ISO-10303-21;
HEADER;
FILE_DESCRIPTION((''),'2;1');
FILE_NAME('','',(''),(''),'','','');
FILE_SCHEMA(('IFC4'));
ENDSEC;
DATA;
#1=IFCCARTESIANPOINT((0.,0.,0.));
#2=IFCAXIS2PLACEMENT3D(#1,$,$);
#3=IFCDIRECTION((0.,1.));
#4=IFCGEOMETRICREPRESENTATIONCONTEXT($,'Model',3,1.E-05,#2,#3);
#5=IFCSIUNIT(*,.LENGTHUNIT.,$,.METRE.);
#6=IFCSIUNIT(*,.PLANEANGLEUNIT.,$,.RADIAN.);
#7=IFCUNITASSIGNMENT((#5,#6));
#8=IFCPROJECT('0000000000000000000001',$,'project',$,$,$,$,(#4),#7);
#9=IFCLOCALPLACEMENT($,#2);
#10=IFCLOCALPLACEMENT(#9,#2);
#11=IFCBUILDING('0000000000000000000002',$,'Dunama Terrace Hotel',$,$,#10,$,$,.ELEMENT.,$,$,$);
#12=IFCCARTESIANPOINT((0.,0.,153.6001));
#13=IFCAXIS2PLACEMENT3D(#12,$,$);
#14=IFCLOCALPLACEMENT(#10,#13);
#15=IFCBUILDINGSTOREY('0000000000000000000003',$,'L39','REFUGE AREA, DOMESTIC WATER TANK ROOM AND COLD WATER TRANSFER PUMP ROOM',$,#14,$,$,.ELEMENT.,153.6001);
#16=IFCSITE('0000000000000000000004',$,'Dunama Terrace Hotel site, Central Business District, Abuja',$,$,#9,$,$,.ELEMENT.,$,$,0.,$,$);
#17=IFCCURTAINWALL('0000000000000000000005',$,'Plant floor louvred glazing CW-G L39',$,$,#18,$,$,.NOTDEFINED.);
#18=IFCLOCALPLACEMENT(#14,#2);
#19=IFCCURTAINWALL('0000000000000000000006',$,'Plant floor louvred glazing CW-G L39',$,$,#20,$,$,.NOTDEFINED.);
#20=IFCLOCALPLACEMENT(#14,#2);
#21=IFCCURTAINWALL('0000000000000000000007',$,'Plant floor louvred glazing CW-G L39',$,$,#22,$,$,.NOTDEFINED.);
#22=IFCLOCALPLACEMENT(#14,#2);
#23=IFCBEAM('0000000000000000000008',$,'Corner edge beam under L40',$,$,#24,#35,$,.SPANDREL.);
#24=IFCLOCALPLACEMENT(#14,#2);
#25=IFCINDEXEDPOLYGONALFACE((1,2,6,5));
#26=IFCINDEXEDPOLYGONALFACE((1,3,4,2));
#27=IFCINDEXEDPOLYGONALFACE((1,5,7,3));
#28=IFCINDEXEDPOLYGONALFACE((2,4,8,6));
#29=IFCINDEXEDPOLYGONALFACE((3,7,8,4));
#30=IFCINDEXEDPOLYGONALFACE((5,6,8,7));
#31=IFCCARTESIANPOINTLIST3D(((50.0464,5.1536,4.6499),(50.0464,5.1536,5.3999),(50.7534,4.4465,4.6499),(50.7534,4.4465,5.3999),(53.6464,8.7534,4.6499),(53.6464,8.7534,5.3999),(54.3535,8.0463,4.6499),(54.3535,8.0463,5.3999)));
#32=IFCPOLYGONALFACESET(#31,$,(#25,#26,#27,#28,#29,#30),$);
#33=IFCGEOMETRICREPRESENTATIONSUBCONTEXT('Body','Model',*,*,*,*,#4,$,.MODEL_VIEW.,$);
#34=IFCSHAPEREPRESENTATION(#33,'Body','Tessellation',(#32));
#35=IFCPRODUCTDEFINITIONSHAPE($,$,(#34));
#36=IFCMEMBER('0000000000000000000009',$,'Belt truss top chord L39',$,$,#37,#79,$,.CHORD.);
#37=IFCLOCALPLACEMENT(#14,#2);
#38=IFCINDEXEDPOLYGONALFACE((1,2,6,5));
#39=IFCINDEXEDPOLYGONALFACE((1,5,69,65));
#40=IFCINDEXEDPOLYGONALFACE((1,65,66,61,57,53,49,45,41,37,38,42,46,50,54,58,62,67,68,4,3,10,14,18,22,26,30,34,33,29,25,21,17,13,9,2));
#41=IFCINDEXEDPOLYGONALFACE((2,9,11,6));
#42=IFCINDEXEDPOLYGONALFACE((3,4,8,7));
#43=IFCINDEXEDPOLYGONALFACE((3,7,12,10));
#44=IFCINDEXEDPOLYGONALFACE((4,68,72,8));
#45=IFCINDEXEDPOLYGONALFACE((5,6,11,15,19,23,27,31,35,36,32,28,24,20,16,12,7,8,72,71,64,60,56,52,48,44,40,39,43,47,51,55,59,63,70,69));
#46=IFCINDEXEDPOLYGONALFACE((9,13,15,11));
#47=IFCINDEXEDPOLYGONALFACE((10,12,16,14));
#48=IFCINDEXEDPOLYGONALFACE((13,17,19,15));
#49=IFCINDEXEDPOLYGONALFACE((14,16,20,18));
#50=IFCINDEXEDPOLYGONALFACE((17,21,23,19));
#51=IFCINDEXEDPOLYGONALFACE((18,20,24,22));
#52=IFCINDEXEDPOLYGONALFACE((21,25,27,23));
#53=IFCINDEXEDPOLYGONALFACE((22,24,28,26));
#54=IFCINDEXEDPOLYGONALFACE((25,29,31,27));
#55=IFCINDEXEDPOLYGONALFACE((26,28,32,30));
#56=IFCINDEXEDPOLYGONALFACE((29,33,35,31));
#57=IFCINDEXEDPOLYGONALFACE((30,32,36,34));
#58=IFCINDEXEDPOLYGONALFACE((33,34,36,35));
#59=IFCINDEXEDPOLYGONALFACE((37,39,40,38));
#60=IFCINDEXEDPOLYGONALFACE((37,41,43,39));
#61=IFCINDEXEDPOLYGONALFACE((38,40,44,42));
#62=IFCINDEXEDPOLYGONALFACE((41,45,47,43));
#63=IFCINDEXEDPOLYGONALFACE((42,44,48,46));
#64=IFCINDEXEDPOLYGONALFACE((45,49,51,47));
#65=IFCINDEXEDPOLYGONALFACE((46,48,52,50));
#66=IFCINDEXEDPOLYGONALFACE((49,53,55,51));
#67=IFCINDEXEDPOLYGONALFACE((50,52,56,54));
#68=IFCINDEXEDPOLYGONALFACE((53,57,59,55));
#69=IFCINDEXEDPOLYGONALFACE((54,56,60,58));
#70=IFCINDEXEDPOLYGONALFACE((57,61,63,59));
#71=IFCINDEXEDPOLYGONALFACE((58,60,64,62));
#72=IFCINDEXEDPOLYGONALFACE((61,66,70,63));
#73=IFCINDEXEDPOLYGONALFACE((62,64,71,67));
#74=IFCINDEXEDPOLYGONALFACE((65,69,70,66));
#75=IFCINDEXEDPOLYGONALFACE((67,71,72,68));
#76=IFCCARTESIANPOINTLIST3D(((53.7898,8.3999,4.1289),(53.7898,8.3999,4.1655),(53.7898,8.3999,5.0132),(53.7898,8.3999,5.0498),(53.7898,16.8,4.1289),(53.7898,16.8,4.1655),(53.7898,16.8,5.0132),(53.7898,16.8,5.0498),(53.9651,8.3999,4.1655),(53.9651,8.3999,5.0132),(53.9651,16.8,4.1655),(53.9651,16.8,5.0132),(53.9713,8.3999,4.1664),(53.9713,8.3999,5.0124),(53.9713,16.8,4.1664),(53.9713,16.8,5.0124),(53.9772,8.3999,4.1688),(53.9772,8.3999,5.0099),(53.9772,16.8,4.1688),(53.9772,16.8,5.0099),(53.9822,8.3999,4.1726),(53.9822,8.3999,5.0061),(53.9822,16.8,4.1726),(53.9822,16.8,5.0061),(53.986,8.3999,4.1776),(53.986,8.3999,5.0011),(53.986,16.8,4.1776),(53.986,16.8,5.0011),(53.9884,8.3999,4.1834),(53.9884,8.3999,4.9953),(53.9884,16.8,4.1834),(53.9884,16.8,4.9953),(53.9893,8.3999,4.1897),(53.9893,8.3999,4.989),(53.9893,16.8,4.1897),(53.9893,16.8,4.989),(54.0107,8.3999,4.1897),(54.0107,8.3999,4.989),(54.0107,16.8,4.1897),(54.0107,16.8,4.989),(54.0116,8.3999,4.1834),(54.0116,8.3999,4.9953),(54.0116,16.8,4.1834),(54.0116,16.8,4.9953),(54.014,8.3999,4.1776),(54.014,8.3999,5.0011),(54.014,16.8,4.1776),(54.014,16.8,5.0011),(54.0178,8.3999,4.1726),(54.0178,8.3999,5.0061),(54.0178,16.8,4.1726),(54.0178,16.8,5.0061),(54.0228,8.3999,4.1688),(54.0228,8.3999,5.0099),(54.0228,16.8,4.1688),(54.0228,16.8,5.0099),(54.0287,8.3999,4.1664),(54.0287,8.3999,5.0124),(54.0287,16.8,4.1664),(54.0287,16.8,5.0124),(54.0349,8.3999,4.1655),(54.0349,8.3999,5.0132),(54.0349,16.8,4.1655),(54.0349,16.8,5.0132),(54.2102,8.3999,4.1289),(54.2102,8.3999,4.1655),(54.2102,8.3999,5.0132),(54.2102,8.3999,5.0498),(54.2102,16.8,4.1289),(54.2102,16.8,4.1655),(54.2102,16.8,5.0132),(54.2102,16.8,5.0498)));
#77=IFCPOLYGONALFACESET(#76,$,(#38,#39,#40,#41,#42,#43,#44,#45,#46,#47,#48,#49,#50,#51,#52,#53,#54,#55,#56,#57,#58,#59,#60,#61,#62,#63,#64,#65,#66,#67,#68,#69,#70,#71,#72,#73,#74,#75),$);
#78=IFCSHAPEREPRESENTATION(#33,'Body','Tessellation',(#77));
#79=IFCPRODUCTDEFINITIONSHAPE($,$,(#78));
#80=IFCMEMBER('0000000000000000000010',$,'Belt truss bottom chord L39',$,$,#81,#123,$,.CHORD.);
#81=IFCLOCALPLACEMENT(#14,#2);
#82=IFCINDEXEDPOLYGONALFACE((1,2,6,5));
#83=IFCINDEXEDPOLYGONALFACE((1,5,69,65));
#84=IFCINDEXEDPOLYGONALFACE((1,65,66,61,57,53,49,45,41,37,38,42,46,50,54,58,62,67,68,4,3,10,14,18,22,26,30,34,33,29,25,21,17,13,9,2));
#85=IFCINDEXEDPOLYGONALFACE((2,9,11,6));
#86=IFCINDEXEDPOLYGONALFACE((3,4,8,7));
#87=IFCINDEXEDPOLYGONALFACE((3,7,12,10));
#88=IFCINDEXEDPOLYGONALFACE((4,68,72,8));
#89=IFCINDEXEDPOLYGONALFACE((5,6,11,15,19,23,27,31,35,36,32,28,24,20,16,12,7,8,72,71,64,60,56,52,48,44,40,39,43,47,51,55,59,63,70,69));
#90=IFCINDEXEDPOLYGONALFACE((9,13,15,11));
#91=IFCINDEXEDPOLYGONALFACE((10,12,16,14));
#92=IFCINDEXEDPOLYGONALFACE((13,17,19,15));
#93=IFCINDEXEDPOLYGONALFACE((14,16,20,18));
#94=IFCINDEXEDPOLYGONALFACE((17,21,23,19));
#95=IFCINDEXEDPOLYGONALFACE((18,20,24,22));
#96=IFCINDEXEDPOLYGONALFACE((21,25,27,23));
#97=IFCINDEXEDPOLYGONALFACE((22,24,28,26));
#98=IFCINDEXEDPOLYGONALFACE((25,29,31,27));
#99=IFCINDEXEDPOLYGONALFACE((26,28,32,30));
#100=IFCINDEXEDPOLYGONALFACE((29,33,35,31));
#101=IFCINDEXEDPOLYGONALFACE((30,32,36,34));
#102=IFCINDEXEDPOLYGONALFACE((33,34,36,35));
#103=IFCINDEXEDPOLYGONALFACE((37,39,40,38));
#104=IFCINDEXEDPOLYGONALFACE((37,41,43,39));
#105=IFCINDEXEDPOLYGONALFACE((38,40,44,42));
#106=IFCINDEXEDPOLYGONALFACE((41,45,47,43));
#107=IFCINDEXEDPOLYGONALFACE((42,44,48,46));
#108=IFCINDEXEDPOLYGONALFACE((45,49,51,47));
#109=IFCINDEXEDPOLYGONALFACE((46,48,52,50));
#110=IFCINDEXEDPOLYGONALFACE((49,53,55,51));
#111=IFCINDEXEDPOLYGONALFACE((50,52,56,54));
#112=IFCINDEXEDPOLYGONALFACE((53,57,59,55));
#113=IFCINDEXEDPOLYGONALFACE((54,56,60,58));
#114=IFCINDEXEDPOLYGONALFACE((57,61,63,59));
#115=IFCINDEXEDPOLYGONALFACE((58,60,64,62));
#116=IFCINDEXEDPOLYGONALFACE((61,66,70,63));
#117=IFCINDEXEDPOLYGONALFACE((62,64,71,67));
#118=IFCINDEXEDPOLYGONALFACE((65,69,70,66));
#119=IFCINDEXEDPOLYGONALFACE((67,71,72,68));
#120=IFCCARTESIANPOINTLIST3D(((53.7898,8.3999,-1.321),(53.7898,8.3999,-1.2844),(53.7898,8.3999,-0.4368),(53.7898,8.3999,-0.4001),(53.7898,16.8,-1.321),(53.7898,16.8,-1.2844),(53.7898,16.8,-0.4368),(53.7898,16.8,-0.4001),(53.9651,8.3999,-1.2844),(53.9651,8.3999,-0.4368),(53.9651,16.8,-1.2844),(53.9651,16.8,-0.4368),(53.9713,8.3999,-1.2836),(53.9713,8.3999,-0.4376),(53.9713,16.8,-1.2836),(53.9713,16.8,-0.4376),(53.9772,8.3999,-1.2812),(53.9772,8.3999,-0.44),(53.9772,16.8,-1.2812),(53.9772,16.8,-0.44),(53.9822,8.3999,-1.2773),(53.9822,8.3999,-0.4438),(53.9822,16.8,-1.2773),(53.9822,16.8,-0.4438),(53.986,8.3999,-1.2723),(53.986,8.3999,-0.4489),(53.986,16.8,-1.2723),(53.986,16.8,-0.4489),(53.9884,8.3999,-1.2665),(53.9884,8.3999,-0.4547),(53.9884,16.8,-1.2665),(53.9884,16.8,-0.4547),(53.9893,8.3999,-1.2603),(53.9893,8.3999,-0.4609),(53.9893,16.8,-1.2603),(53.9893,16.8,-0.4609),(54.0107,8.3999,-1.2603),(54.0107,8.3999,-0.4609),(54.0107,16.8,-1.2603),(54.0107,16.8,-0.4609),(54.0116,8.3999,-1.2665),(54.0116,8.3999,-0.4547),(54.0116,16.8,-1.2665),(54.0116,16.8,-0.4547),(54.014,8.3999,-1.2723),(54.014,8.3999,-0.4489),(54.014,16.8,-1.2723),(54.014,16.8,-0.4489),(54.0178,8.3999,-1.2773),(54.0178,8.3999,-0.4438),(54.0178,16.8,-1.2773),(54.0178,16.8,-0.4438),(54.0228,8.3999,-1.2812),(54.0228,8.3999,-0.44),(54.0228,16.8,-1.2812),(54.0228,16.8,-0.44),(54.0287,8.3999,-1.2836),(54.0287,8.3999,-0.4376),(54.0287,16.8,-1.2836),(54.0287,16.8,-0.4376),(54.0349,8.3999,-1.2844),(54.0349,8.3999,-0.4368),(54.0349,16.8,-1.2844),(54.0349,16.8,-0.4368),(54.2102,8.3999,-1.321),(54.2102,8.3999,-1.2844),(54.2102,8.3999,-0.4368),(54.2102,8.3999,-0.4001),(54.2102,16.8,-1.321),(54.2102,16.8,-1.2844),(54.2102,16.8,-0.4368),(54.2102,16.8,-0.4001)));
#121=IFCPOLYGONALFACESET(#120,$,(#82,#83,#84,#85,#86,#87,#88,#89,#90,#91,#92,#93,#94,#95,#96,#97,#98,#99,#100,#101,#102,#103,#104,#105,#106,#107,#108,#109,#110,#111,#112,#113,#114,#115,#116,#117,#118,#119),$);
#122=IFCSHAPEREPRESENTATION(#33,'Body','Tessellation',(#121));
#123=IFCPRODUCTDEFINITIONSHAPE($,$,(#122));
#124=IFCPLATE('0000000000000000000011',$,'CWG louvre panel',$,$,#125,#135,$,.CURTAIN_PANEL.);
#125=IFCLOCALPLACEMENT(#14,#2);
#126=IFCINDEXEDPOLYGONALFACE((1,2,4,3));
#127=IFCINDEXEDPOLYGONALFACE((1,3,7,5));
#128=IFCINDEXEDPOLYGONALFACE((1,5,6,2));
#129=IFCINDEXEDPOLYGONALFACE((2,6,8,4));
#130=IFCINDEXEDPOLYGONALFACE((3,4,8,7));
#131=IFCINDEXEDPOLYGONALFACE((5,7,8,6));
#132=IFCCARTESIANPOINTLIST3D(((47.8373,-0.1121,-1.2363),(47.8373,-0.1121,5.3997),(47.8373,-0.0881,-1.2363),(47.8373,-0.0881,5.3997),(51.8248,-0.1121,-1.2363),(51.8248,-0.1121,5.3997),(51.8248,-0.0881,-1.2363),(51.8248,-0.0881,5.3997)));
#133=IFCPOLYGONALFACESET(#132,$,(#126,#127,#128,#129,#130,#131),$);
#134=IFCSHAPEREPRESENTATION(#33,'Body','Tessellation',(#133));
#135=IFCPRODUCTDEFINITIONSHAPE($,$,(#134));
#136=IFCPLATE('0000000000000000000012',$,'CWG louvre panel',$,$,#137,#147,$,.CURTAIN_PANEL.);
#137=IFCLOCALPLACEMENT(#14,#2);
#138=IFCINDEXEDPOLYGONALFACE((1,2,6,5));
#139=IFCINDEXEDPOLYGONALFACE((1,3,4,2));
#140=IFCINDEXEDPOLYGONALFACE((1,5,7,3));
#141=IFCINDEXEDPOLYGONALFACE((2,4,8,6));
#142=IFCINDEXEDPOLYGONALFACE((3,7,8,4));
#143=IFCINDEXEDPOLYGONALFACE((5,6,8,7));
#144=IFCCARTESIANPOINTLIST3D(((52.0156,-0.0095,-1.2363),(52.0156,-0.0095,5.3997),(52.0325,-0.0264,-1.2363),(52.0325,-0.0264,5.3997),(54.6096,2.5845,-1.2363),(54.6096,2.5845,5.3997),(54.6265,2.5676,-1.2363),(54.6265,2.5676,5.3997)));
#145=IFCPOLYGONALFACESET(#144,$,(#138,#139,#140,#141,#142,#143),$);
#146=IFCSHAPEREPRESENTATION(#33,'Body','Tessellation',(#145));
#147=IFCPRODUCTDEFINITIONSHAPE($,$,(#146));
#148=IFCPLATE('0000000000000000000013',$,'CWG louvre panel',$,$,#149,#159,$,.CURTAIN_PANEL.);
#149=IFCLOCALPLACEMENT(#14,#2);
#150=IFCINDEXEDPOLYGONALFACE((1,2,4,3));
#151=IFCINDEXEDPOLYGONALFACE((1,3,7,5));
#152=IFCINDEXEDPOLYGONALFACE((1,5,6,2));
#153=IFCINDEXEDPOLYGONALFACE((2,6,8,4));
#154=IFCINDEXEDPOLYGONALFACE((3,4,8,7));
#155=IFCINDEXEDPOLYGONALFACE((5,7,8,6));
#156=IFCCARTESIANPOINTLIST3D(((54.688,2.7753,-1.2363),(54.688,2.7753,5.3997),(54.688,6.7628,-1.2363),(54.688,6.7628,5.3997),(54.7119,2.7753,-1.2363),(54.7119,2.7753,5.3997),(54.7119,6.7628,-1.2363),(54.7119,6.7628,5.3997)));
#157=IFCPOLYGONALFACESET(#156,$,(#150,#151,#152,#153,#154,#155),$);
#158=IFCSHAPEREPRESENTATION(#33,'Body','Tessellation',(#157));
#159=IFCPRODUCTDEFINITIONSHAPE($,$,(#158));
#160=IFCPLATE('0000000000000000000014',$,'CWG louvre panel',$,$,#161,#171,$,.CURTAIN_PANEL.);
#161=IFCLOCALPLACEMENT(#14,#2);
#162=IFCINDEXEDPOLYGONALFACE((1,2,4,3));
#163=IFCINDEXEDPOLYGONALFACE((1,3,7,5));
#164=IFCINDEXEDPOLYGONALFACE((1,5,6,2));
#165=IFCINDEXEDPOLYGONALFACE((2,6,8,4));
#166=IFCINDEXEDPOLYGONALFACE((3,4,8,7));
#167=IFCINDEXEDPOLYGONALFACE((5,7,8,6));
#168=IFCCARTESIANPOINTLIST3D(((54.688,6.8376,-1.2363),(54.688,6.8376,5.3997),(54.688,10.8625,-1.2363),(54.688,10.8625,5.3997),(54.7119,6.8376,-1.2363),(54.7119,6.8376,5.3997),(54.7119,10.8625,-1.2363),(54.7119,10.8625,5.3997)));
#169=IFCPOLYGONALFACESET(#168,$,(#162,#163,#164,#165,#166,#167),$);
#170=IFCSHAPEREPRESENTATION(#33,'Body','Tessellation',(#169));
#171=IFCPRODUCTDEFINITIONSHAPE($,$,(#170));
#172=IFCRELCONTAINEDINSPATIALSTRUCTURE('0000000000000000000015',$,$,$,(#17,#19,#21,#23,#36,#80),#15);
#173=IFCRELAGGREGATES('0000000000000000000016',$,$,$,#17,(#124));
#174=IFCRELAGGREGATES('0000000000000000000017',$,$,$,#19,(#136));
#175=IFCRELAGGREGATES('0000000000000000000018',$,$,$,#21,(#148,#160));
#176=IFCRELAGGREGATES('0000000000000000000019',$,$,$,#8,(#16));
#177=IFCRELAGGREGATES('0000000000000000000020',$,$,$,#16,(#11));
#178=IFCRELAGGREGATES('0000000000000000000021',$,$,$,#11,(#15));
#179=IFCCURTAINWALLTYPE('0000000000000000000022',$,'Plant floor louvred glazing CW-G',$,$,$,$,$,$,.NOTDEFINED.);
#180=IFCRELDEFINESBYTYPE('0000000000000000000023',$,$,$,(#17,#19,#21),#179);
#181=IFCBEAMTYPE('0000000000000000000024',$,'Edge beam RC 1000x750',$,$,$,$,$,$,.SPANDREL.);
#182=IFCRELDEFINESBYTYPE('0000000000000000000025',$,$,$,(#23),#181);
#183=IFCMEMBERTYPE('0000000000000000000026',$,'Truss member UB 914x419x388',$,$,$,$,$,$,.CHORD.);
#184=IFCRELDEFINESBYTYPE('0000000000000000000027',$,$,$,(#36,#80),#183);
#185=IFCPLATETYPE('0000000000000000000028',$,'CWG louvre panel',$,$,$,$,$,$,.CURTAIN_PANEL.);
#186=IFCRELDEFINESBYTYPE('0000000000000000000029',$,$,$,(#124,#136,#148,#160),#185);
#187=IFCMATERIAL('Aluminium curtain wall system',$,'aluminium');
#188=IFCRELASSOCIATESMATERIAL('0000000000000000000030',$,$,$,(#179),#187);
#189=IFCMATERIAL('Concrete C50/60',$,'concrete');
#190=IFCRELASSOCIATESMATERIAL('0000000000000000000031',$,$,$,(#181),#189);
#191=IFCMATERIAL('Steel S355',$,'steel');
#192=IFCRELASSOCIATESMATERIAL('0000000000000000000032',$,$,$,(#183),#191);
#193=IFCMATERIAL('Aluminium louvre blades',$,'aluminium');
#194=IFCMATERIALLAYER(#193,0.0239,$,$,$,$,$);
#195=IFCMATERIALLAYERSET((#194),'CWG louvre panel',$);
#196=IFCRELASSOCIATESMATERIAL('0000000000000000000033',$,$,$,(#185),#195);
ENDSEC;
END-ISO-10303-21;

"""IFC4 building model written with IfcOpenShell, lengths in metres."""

from ifc_helpers import new_model, si_unit, direction, frame, origin, origin_2d, place, context, subcontext, project, spatial, rectangle, i_section, extrude, material, layer, layer_set, material_profile, profile_set, type_object, element, aggregate, save


model = new_model("IFC4")

# Units and contexts
model_context = context("Model", 3, precision=1e-05, world=origin(), true_north=direction((0.0, 1.0)))
body_context = subcontext(model_context, "Body", "Model", "MODEL_VIEW")
ifc_project = project(units=[si_unit("LENGTHUNIT", "METRE"), si_unit("PLANEANGLEUNIT", "RADIAN")], contexts=[model_context])

# Site, building, storey
site_placement = place(None, origin())
site = spatial("IfcSite", under=ifc_project, at=site_placement, Name="Dunama Terrace Hotel site, Central Business District, Abuja", CompositionType="ELEMENT", RefElevation=0.0)
building_placement = place(site_placement, origin())
building = spatial("IfcBuilding", under=site, at=building_placement, Name="Dunama Terrace Hotel", CompositionType="ELEMENT")
storey_placement = place(building_placement, frame((0.0, 0.0, 153.6001)))
storey = spatial("IfcBuildingStorey", under=building, at=storey_placement, Name="L39", Description="REFUGE AREA, DOMESTIC WATER TANK ROOM AND COLD WATER TRANSFER PUMP ROOM", CompositionType="ELEMENT", Elevation=153.6001)

# Curtain wall
ifc_material_1 = material(Name="Aluminium curtain wall system", Category="aluminium")
curtain_wall_type = type_object("IfcCurtainWallType", Name="Plant floor louvred glazing CW-G", PredefinedType="NOTDEFINED", material=ifc_material_1)
curtain_wall_1_placement = place(storey_placement, origin())
curtain_wall_1 = element("IfcCurtainWall", 1, at=curtain_wall_1_placement, inside=storey, type_object=curtain_wall_type, Name="Plant floor louvred glazing CW-G L39", PredefinedType="NOTDEFINED")

# Curtain walls
curtain_wall_2_placement = place(storey_placement, origin())
curtain_wall_2 = element("IfcCurtainWall", 2, at=curtain_wall_2_placement, inside=storey, type_object=curtain_wall_type, Name="Plant floor louvred glazing CW-G L39", PredefinedType="NOTDEFINED")
curtain_wall_3_placement = place(storey_placement, origin())
curtain_wall_3 = element("IfcCurtainWall", 3, at=curtain_wall_3_placement, inside=storey, type_object=curtain_wall_type, Name="Plant floor louvred glazing CW-G L39", PredefinedType="NOTDEFINED")

# Beam
ifc_material_2 = material(Name="Concrete C50/60", Category="concrete")
ifc_material_profile_1 = material_profile(ifc_material_2, rectangle(XDim=1.0, YDim=0.75, at=origin_2d()), Name="RC 1000x750")
ifc_profile_set_1 = profile_set([ifc_material_profile_1], Name="Concrete C50/60")
beam_type = type_object("IfcBeamType", Name="Edge beam RC 1000x750", PredefinedType="SPANDREL", material=ifc_profile_set_1)
beam_placement = place(storey_placement, frame((50.3999, 4.8, 5.0249), z_axis=(0.707131, 0.707083, 0.0), x_axis=(-0.707083, 0.707131, 0.0)))
element("IfcBeam", 4, at=beam_placement, inside=storey, type_object=beam_type, Name="Corner edge beam under L40", PredefinedType="SPANDREL", context=body_context, shape_type="SweptSolid", body=[
    extrude(rectangle(XDim=1.0, YDim=0.75, at=origin_2d()), origin(), (0.0, 0.0, 1.0), 5.0911),
])

# Members
ifc_material_3 = material(Name="Steel S355", Category="steel")
ifc_material_profile_2 = material_profile(ifc_material_3, i_section(OverallWidth=0.4204, OverallDepth=0.9209, WebThickness=0.0215, FlangeThickness=0.0366, FilletRadius=0.0242, at=origin_2d()), Name="UB 914x419x388")
ifc_profile_set_2 = profile_set([ifc_material_profile_2], Name="Steel S355")
member_type_1 = type_object("IfcMemberType", Name="Truss member UB 914x419x388", PredefinedType="CHORD", material=ifc_profile_set_2)
for number, where, z_axis, x_axis, name in (
    (5, (54.0, 8.3999, 4.5894), (0.0, 1.0, 0.0), (-1.0, 0.0, 0.0), "Belt truss top chord L39"),
    (6, (54.0, 8.3999, -0.8606), (0.0, 1.0, 0.0), (-1.0, 0.0, 0.0), "Belt truss bottom chord L39"),
):
    element("IfcMember", number, at=place(storey_placement, frame(where, z_axis=z_axis, x_axis=x_axis)), inside=storey, type_object=member_type_1, Name=name, PredefinedType="CHORD", context=body_context, shape_type="SweptSolid", body=[
        extrude(i_section(OverallWidth=0.4204, OverallDepth=0.9209, WebThickness=0.0215, FlangeThickness=0.0366, FilletRadius=0.0242, at=origin_2d()), origin(), (0.0, 0.0, 1.0), 8.4001),
    ])

# Plates
ifc_material_4 = material(Name="Aluminium louvre blades", Category="aluminium")
ifc_layer = layer(ifc_material_4, 0.0239)
ifc_layer_set = layer_set([ifc_layer], Name="CWG louvre panel")
plate_type = type_object("IfcPlateType", Name="CWG louvre panel", PredefinedType="CURTAIN_PANEL", material=ifc_layer_set)
plate_1_placement = place(storey_placement, frame((49.8311, -0.1001, -1.2363), z_axis=(0.0, 0.0, 1.0), x_axis=(1.0, 0.0, 0.0)))
plate_1 = element("IfcPlate", 7, at=plate_1_placement, type_object=plate_type, Name="CWG louvre panel", PredefinedType="CURTAIN_PANEL", context=body_context, shape_type="SweptSolid", body=[
    extrude(rectangle(XDim=3.9875, YDim=0.0239, at=origin_2d()), origin(), (0.0, 0.0, 1.0), 6.636),
])
aggregate(curtain_wall_1, [plate_1])
plate_2_placement = place(storey_placement, frame((53.321, 1.2791, -1.2363), z_axis=(0.0, 0.0, 1.0), x_axis=(0.707107, 0.707107, 0.0)))
plate_2 = element("IfcPlate", 8, at=plate_2_placement, type_object=plate_type, Name="CWG louvre panel", PredefinedType="CURTAIN_PANEL", context=body_context, shape_type="SweptSolid", body=[
    extrude(rectangle(XDim=3.6685, YDim=0.0239, at=origin_2d()), origin(), (0.0, 0.0, 1.0), 6.636),
])
aggregate(curtain_wall_2, [plate_2])
plate_3_placement = place(storey_placement, frame((54.7, 4.769, -1.2363), z_axis=(0.0, 0.0, 1.0), x_axis=(0.0, 1.0, 0.0)))
plate_3 = element("IfcPlate", 9, at=plate_3_placement, type_object=plate_type, Name="CWG louvre panel", PredefinedType="CURTAIN_PANEL", context=body_context, shape_type="SweptSolid", body=[
    extrude(rectangle(XDim=3.9875, YDim=0.0239, at=origin_2d()), origin(), (0.0, 0.0, 1.0), 6.636),
])
plate_4_placement = place(storey_placement, frame((54.7, 8.8501, -1.2363), z_axis=(0.0, 0.0, 1.0), x_axis=(0.0, 1.0, 0.0)))
plate_4 = element("IfcPlate", 10, at=plate_4_placement, type_object=plate_type, Name="CWG louvre panel", PredefinedType="CURTAIN_PANEL", context=body_context, shape_type="SweptSolid", body=[
    extrude(rectangle(XDim=4.0249, YDim=0.0239, at=origin_2d()), origin(), (0.0, 0.0, 1.0), 6.636),
])
aggregate(curtain_wall_3, [plate_3, plate_4])

save(model, "model.ifc")
